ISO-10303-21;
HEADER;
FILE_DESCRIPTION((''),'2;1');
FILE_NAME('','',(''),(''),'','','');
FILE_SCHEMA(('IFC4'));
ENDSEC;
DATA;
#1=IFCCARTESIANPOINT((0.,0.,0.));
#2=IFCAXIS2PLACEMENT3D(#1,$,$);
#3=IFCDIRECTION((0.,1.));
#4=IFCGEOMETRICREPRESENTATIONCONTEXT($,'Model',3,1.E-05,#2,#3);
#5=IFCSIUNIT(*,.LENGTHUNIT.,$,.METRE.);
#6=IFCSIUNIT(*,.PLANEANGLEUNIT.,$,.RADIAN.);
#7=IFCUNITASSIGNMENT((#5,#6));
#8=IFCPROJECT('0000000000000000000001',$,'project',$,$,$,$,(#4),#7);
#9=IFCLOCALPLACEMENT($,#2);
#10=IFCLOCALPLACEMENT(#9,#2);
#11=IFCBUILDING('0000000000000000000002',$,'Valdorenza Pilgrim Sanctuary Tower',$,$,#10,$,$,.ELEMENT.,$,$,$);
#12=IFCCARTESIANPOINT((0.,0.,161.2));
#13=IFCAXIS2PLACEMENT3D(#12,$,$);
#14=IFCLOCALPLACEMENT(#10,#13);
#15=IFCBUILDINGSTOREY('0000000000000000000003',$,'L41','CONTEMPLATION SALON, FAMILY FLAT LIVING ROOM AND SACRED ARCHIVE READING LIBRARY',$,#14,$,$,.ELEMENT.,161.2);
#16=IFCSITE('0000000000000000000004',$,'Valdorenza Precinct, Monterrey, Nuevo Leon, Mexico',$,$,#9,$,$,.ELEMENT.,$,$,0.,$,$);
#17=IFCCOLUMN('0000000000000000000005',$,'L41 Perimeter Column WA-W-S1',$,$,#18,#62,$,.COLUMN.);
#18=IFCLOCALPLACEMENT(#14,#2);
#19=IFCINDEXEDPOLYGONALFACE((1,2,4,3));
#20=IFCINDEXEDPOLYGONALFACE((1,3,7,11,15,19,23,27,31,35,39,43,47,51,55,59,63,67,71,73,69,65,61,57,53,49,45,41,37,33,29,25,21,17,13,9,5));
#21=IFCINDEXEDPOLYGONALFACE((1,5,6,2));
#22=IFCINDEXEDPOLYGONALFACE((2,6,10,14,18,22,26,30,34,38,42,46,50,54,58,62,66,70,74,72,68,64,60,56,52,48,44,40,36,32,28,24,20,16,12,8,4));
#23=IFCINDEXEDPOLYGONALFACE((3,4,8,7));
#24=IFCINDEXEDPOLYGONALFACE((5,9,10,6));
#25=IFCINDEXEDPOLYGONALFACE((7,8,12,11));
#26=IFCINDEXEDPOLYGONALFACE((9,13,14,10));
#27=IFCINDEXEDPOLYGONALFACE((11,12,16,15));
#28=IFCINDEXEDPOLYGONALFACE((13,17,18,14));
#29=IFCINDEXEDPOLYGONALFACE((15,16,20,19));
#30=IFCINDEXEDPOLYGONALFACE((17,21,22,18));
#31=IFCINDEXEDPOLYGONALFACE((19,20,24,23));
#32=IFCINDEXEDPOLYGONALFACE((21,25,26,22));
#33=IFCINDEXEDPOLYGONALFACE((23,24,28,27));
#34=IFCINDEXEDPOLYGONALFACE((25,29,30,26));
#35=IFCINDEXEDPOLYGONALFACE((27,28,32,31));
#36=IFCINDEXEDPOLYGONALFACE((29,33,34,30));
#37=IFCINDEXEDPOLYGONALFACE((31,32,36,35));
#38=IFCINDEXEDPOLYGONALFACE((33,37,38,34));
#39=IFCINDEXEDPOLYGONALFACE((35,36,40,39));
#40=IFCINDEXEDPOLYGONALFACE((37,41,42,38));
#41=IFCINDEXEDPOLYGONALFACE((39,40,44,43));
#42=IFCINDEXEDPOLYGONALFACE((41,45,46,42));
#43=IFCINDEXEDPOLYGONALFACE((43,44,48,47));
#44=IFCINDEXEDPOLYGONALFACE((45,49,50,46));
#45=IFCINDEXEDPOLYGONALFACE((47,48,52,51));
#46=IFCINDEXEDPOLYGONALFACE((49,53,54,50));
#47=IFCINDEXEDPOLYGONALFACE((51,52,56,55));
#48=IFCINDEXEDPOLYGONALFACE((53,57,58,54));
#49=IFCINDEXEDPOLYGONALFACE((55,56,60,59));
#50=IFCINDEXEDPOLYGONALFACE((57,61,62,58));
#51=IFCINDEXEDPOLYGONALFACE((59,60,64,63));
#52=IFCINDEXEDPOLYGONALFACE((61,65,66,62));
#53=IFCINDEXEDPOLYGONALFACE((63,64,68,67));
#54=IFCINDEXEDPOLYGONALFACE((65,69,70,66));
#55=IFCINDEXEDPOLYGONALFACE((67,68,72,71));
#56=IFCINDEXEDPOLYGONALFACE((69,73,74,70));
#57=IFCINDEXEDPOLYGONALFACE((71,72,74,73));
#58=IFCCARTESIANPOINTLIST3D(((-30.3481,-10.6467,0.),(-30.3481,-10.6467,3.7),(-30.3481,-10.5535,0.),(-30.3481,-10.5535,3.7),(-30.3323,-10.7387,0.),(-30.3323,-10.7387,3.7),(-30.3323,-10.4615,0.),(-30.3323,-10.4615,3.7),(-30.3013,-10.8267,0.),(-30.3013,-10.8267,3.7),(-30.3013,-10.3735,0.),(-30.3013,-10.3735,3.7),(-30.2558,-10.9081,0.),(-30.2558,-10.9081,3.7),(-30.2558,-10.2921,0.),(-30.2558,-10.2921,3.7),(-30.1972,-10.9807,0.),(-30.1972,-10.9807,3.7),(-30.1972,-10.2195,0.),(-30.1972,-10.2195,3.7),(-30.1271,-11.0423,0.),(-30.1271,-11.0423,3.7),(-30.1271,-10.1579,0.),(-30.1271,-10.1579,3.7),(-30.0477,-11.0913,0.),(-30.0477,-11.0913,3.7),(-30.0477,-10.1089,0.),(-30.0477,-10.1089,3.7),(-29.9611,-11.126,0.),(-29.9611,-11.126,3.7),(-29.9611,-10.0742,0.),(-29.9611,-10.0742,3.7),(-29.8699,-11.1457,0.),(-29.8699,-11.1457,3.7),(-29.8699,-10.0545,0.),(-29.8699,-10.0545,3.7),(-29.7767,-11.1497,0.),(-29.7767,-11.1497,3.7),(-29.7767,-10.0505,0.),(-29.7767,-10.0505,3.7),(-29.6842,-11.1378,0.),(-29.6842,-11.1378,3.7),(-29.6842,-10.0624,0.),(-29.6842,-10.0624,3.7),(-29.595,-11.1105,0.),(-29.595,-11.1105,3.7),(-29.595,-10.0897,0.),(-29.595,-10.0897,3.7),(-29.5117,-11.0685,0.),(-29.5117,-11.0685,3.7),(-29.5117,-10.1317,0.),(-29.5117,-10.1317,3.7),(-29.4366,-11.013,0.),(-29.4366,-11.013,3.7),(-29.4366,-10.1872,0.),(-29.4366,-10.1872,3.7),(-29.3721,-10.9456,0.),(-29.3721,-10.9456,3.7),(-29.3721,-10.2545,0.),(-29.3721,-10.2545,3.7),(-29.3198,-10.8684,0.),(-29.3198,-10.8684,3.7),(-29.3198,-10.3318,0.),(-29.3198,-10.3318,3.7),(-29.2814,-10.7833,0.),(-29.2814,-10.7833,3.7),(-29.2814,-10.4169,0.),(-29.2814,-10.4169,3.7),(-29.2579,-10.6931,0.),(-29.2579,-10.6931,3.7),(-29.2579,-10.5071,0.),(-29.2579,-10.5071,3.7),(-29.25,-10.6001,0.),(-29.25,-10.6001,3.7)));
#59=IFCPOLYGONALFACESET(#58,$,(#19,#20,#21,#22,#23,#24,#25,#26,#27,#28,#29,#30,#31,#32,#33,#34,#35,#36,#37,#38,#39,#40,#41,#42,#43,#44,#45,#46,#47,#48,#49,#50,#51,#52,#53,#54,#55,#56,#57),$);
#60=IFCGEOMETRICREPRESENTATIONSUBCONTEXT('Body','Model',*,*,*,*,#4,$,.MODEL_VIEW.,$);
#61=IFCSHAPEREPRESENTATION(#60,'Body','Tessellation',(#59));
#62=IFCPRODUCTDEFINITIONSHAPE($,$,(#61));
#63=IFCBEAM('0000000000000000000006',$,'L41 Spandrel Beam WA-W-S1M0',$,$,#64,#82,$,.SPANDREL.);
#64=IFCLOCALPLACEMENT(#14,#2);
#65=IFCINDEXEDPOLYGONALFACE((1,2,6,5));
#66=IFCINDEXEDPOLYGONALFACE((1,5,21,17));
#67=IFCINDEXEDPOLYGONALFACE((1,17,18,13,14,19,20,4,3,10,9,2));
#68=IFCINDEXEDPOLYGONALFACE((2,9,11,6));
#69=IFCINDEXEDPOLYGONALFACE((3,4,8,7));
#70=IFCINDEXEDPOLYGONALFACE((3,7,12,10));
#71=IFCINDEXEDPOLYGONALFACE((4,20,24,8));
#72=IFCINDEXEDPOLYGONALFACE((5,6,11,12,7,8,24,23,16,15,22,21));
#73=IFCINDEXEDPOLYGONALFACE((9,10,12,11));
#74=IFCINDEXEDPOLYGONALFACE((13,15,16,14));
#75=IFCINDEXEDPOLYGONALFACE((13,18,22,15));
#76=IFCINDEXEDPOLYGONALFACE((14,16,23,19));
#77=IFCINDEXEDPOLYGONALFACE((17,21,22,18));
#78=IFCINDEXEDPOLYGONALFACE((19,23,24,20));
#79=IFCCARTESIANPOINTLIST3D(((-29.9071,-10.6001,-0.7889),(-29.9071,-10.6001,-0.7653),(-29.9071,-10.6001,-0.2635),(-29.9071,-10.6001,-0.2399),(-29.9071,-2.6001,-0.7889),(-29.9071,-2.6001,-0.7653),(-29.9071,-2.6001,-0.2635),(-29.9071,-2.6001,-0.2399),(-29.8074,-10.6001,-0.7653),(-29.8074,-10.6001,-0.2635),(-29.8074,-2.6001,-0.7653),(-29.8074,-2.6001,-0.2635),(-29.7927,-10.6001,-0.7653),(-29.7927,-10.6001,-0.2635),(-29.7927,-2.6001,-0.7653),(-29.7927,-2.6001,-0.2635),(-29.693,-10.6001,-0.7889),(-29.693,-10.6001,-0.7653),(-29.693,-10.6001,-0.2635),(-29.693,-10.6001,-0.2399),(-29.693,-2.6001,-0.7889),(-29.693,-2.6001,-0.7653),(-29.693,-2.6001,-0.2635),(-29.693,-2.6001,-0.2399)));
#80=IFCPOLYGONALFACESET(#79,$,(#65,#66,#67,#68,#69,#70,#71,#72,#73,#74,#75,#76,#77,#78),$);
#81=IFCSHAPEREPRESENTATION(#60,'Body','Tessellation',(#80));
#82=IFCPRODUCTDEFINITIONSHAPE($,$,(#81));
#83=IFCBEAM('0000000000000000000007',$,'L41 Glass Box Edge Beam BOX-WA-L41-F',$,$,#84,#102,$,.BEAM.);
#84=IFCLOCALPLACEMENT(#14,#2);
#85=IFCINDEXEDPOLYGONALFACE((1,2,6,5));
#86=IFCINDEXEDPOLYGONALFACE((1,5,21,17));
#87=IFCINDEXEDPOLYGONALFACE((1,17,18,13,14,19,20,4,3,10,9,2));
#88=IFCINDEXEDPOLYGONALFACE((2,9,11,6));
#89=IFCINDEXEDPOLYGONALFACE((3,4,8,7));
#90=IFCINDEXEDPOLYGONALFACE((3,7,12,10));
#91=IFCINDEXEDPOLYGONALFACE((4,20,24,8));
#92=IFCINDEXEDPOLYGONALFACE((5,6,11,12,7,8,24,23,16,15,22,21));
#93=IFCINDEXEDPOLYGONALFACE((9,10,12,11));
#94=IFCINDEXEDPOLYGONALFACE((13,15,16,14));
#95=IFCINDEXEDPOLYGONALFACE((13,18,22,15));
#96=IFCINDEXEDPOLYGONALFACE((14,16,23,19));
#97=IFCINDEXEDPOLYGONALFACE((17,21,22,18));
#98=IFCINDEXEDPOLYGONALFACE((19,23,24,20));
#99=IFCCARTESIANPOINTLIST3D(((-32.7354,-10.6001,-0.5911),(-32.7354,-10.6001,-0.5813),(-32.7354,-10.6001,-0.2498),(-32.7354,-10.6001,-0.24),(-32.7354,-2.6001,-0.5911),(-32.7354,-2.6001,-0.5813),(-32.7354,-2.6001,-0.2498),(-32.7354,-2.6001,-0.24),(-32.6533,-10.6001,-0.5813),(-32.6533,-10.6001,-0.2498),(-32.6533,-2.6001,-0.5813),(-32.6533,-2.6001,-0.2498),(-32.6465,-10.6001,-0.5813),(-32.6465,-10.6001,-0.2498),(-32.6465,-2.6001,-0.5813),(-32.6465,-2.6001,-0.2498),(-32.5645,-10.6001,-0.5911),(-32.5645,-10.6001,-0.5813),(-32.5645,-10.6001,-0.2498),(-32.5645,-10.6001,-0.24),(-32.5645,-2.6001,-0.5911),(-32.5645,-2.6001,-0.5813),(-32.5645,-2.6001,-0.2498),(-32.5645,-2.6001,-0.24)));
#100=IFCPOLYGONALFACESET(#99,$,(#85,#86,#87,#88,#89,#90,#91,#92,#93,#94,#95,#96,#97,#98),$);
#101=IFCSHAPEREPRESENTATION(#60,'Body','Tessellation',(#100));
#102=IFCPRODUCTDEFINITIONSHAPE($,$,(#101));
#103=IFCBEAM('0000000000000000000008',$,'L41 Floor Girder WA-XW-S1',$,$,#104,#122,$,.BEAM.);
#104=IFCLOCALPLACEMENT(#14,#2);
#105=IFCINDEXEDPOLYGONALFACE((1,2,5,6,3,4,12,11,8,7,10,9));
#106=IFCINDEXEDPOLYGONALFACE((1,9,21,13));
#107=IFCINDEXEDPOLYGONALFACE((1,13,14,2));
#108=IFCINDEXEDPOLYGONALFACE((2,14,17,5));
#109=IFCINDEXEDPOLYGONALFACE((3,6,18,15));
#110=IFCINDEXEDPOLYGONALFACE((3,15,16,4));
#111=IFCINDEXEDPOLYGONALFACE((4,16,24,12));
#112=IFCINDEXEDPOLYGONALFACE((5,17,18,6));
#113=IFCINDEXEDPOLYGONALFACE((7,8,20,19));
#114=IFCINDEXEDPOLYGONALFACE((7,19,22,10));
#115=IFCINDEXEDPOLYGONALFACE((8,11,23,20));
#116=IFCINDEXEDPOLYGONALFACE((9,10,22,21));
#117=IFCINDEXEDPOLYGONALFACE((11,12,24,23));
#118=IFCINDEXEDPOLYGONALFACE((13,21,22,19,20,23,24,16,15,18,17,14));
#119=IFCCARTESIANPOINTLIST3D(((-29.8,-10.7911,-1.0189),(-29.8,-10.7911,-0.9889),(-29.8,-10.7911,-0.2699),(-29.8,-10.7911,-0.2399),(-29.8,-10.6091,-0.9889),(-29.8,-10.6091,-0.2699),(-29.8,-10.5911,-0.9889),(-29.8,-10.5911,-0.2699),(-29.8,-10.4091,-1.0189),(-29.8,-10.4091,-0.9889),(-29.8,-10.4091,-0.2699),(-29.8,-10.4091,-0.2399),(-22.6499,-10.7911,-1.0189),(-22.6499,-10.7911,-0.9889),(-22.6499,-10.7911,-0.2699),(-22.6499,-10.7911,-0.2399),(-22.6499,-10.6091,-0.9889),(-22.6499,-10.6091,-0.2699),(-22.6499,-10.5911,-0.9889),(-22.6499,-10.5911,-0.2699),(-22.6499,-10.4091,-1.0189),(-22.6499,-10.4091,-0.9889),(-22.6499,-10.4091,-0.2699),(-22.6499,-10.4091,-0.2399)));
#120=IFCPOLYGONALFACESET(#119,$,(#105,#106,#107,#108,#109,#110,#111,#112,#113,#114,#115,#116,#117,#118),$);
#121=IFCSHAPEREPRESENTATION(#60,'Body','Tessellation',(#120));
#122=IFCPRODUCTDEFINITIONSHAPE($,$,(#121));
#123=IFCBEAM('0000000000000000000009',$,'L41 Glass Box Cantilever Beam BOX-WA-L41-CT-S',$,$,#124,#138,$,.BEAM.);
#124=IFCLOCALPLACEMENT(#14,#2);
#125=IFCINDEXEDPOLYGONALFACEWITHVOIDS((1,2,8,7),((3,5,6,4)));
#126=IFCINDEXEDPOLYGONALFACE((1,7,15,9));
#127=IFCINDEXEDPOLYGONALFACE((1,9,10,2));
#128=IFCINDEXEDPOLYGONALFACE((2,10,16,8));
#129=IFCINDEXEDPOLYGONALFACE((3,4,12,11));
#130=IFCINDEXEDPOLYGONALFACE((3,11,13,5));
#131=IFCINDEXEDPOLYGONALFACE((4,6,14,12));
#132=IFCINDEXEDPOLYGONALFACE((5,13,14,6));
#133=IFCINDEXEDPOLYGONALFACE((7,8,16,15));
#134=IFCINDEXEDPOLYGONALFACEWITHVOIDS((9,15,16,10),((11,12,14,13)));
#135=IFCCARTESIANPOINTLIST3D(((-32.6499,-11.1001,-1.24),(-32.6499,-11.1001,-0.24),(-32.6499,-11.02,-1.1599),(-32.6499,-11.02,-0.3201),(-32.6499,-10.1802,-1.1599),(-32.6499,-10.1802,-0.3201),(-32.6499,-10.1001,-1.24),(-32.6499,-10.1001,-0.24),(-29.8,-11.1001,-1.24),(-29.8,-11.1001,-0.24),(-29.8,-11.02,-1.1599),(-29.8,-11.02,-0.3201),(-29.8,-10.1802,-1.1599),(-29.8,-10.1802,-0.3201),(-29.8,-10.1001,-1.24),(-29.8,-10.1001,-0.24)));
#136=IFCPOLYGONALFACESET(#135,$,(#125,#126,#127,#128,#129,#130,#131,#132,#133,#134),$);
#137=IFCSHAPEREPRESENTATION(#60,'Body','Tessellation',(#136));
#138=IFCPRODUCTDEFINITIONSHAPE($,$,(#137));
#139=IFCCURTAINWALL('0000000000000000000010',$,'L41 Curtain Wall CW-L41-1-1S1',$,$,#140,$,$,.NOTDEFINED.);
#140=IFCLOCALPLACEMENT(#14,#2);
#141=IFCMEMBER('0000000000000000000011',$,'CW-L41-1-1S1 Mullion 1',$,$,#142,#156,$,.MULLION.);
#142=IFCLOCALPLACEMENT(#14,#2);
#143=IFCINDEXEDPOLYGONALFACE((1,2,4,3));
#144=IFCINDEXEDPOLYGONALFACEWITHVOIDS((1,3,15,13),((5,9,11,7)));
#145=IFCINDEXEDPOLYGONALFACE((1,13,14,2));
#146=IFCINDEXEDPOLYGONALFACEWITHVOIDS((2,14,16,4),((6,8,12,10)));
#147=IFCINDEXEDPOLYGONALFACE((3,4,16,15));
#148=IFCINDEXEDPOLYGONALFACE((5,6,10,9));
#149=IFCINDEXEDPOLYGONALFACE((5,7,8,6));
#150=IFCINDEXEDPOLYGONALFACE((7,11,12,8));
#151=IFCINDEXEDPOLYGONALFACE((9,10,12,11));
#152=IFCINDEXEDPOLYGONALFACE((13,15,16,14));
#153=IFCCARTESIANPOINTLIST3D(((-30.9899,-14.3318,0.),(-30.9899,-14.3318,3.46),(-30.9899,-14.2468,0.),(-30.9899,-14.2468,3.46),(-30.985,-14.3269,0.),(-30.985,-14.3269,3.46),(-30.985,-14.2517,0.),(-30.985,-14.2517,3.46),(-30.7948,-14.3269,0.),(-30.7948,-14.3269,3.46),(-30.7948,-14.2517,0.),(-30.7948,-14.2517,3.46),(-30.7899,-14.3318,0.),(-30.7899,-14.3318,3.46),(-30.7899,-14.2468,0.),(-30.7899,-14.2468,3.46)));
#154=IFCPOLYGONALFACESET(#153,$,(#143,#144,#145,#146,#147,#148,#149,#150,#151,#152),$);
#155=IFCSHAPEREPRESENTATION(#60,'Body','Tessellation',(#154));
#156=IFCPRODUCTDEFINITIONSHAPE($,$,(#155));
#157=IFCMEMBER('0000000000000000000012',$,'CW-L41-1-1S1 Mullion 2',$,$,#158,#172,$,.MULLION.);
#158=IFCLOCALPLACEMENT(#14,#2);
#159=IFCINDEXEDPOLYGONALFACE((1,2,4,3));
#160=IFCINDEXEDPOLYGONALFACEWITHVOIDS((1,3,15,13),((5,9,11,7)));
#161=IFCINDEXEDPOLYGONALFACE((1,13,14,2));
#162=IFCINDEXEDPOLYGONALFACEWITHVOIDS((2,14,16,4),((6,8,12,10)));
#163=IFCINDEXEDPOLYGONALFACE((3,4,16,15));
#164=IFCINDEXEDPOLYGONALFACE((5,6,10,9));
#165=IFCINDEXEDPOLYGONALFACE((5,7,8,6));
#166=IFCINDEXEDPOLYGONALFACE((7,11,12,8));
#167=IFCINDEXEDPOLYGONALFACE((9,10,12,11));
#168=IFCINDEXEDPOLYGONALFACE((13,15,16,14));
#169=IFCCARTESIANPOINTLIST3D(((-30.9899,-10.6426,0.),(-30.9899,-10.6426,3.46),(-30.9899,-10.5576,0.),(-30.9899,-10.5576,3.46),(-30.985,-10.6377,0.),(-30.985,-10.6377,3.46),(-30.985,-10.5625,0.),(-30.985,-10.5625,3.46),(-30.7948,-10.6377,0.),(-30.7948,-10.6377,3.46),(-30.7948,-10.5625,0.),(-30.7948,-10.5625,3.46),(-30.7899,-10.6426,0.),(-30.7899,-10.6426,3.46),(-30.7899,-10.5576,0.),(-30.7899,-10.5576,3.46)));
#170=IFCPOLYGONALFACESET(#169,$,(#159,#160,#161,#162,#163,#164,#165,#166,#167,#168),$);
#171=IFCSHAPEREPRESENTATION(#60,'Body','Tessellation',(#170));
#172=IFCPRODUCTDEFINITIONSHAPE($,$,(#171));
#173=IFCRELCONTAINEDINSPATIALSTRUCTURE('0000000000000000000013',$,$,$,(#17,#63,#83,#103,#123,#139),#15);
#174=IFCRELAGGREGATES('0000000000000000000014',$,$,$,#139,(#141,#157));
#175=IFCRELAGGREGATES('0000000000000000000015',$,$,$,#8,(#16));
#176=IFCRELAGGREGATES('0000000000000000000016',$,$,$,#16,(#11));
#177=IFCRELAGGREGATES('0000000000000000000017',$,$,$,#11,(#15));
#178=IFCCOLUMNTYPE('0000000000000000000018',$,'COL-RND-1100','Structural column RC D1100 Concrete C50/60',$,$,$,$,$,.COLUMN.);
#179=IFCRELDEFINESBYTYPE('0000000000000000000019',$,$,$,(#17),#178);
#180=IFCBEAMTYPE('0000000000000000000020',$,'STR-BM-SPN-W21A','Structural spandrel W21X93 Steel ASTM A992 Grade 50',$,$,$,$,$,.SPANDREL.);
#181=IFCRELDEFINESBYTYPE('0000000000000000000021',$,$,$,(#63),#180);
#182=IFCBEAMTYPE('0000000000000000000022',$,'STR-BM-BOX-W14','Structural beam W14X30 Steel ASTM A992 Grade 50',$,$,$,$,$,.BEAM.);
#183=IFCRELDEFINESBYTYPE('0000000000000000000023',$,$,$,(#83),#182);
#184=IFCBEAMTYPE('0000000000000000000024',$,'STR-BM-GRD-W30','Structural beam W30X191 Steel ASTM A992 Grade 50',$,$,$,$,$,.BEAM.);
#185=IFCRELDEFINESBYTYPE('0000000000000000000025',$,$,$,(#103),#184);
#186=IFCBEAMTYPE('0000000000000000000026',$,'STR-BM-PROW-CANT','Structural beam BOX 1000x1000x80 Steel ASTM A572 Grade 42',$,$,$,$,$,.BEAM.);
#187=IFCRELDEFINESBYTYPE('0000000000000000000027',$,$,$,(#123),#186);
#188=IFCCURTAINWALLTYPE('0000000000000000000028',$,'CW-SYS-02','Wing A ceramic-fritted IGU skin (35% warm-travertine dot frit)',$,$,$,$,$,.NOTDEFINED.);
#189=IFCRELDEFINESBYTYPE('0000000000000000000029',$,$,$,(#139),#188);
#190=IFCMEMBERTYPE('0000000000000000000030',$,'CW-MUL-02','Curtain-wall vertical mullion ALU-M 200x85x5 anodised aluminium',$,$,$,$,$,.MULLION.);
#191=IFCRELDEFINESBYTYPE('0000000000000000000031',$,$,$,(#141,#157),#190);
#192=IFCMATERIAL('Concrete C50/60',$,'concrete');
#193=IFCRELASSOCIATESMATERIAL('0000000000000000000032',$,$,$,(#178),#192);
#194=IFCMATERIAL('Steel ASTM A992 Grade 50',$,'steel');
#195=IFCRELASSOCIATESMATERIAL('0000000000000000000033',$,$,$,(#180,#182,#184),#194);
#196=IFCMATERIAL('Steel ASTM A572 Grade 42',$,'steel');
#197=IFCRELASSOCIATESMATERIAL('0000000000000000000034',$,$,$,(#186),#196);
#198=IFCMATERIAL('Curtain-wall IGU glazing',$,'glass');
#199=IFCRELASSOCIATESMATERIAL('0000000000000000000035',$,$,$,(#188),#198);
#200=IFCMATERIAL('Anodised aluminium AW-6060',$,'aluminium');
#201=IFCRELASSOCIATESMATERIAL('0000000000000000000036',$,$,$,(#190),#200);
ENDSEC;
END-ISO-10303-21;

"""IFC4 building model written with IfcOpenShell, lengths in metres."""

from ifc_helpers import new_model, si_unit, direction, frame, origin, origin_2d, place, context, subcontext, project, spatial, hollow_rectangle, circle, i_section, extrude, source, transform, mapped, material, material_profile, profile_set, type_object, element, aggregate, save


model = new_model("IFC4")

# Units and contexts
model_context = context("Model", 3, precision=1e-05, world=origin(), true_north=direction((0.0, 1.0)))
body_context = subcontext(model_context, "Body", "Model", "MODEL_VIEW")
ifc_project = project(units=[si_unit("LENGTHUNIT", "METRE"), si_unit("PLANEANGLEUNIT", "RADIAN")], contexts=[model_context])

# Site, building, storey
site_placement = place(None, origin())
site = spatial("IfcSite", under=ifc_project, at=site_placement, Name="Valdorenza Precinct, Monterrey, Nuevo Leon, Mexico", CompositionType="ELEMENT", RefElevation=0.0)
building_placement = place(site_placement, origin())
building = spatial("IfcBuilding", under=site, at=building_placement, Name="Valdorenza Pilgrim Sanctuary Tower", CompositionType="ELEMENT")
storey_placement = place(building_placement, frame((0.0, 0.0, 161.2)))
storey = spatial("IfcBuildingStorey", under=building, at=storey_placement, Name="L41", Description="CONTEMPLATION SALON, FAMILY FLAT LIVING ROOM AND SACRED ARCHIVE READING LIBRARY", CompositionType="ELEMENT", Elevation=161.2)

# Column
ifc_material_1 = material(Name="Concrete C50/60", Category="concrete")
ifc_material_profile_1 = material_profile(ifc_material_1, circle(Radius=0.55, at=origin_2d()), Name="RC D1100")
ifc_profile_set_1 = profile_set([ifc_material_profile_1], Name="Concrete C50/60")
column_type = type_object("IfcColumnType", Name="COL-RND-1100", Description="Structural column RC D1100 Concrete C50/60", PredefinedType="COLUMN", material=ifc_profile_set_1)
shared_shape_1 = source(origin(), body_context, "Body", "SweptSolid", [
    extrude(circle(Radius=0.55, at=origin_2d()), origin(), (0.0, 0.0, 1.0), 3.7),
])
column_placement = place(storey_placement, frame((-29.8, -10.6001, 0.0), z_axis=(0.0, 0.0, 1.0), x_axis=(1.0, 0.0, 0.0)))
element("IfcColumn", 1, at=column_placement, inside=storey, type_object=column_type, Name="L41 Perimeter Column WA-W-S1", PredefinedType="COLUMN", context=body_context, shape_type="MappedRepresentation", body=[
    mapped(shared_shape_1, transform((0.0, 0.0, 0.0), x_axis=(1.0, 0.0, 0.0), y_axis=(0.0, 1.0, 0.0), z_axis=(0.0, 0.0, 1.0), scale=1.0)),
])

# Beams
ifc_material_2 = material(Name="Steel ASTM A992 Grade 50", Category="steel")
ifc_material_profile_2 = material_profile(ifc_material_2, i_section(OverallWidth=0.2141, OverallDepth=0.5491, WebThickness=0.0146, FlangeThickness=0.0237, at=origin_2d()), Name="W21X93")
ifc_profile_set_2 = profile_set([ifc_material_profile_2], Name="Steel ASTM A992 Grade 50")
beam_type_1 = type_object("IfcBeamType", Name="STR-BM-SPN-W21A", Description="Structural spandrel W21X93 Steel ASTM A992 Grade 50", PredefinedType="SPANDREL", material=ifc_profile_set_2)
shared_shape_2 = source(origin(), body_context, "Body", "SweptSolid", [
    extrude(i_section(OverallWidth=0.2141, OverallDepth=0.5491, WebThickness=0.0146, FlangeThickness=0.0237, at=origin_2d()), origin(), (0.0, 0.0, 1.0), 8.0),
])
beam_1_placement = place(storey_placement, frame((-29.8, -10.6001, -0.5144), z_axis=(0.0, 1.0, 0.0), x_axis=(-1.0, 0.0, 0.0)))
element("IfcBeam", 2, at=beam_1_placement, inside=storey, type_object=beam_type_1, Name="L41 Spandrel Beam WA-W-S1M0", PredefinedType="SPANDREL", context=body_context, shape_type="MappedRepresentation", body=[
    mapped(shared_shape_2, transform((0.0, 0.0, 0.0), x_axis=(1.0, 0.0, 0.0), y_axis=(0.0, 1.0, 0.0), z_axis=(0.0, 0.0, 1.0), scale=1.0)),
])
ifc_material_profile_3 = material_profile(ifc_material_2, i_section(OverallWidth=0.1709, OverallDepth=0.3511, WebThickness=0.0068, FlangeThickness=0.0098, at=origin_2d()), Name="W14X30")
ifc_profile_set_3 = profile_set([ifc_material_profile_3], Name="Steel ASTM A992 Grade 50")
beam_type_2 = type_object("IfcBeamType", Name="STR-BM-BOX-W14", Description="Structural beam W14X30 Steel ASTM A992 Grade 50", PredefinedType="BEAM", material=ifc_profile_set_3)
shared_shape_3 = source(origin(), body_context, "Body", "SweptSolid", [
    extrude(i_section(OverallWidth=0.1709, OverallDepth=0.3511, WebThickness=0.0068, FlangeThickness=0.0098, at=origin_2d()), origin(), (0.0, 0.0, 1.0), 8.0),
])
beam_2_placement = place(storey_placement, frame((-32.6499, -10.6001, -0.4155), z_axis=(0.0, 1.0, 0.0), x_axis=(-1.0, 0.0, 0.0)))
element("IfcBeam", 3, at=beam_2_placement, inside=storey, type_object=beam_type_2, Name="L41 Glass Box Edge Beam BOX-WA-L41-F", PredefinedType="BEAM", context=body_context, shape_type="MappedRepresentation", body=[
    mapped(shared_shape_3, transform((0.0, 0.0, 0.0), x_axis=(1.0, 0.0, 0.0), y_axis=(0.0, 1.0, 0.0), z_axis=(0.0, 0.0, 1.0), scale=1.0)),
])
ifc_material_profile_4 = material_profile(ifc_material_2, i_section(OverallWidth=0.3821, OverallDepth=0.7791, WebThickness=0.0181, FlangeThickness=0.03, at=origin_2d()), Name="W30X191")
ifc_profile_set_4 = profile_set([ifc_material_profile_4], Name="Steel ASTM A992 Grade 50")
beam_type_3 = type_object("IfcBeamType", Name="STR-BM-GRD-W30", Description="Structural beam W30X191 Steel ASTM A992 Grade 50", PredefinedType="BEAM", material=ifc_profile_set_4)
shared_shape_4 = source(origin(), body_context, "Body", "SweptSolid", [
    extrude(i_section(OverallWidth=0.3821, OverallDepth=0.7791, WebThickness=0.0181, FlangeThickness=0.03, at=origin_2d()), origin(), (0.0, 0.0, 1.0), 7.1501),
])
beam_3_placement = place(storey_placement, frame((-29.8, -10.6001, -0.6294), z_axis=(1.0, 0.0, 0.0), x_axis=(0.0, 1.0, 0.0)))
element("IfcBeam", 4, at=beam_3_placement, inside=storey, type_object=beam_type_3, Name="L41 Floor Girder WA-XW-S1", PredefinedType="BEAM", context=body_context, shape_type="MappedRepresentation", body=[
    mapped(shared_shape_4, transform((0.0, 0.0, 0.0), x_axis=(1.0, 0.0, 0.0), y_axis=(0.0, 1.0, 0.0), z_axis=(0.0, 0.0, 1.0), scale=1.0)),
])
ifc_material_3 = material(Name="Steel ASTM A572 Grade 42", Category="steel")
ifc_material_profile_5 = material_profile(ifc_material_3, hollow_rectangle(XDim=1.0, YDim=1.0, WallThickness=0.0801, at=origin_2d()), Name="BOX 1000x1000x80")
ifc_profile_set_5 = profile_set([ifc_material_profile_5], Name="Steel ASTM A572 Grade 42")
beam_type_4 = type_object("IfcBeamType", Name="STR-BM-PROW-CANT", Description="Structural beam BOX 1000x1000x80 Steel ASTM A572 Grade 42", PredefinedType="BEAM", material=ifc_profile_set_5)
shared_shape_5 = source(origin(), body_context, "Body", "SweptSolid", [
    extrude(hollow_rectangle(XDim=1.0, YDim=1.0, WallThickness=0.0801, at=origin_2d()), origin(), (0.0, 0.0, 1.0), 2.8499),
])
beam_4_placement = place(storey_placement, frame((-29.8, -10.6001, -0.74), z_axis=(-1.0, 0.0, 0.0), x_axis=(0.0, -1.0, 0.0)))
element("IfcBeam", 5, at=beam_4_placement, inside=storey, type_object=beam_type_4, Name="L41 Glass Box Cantilever Beam BOX-WA-L41-CT-S", PredefinedType="BEAM", context=body_context, shape_type="MappedRepresentation", body=[
    mapped(shared_shape_5, transform((0.0, 0.0, 0.0), x_axis=(1.0, 0.0, 0.0), y_axis=(0.0, 1.0, 0.0), z_axis=(0.0, 0.0, 1.0), scale=1.0)),
])

# Curtain wall, members
ifc_material_4 = material(Name="Curtain-wall IGU glazing", Category="glass")
curtain_wall_type = type_object("IfcCurtainWallType", Name="CW-SYS-02", Description="Wing A ceramic-fritted IGU skin (35% warm-travertine dot frit)", PredefinedType="NOTDEFINED", material=ifc_material_4)
curtain_wall_1_placement = place(storey_placement, origin())
curtain_wall_1 = element("IfcCurtainWall", 6, at=curtain_wall_1_placement, inside=storey, type_object=curtain_wall_type, Name="L41 Curtain Wall CW-L41-1-1S1", PredefinedType="NOTDEFINED")
ifc_material_5 = material(Name="Anodised aluminium AW-6060", Category="aluminium")
ifc_material_profile_6 = material_profile(ifc_material_5, hollow_rectangle(XDim=0.085, YDim=0.2, WallThickness=0.0049, at=origin_2d()), Name="ALU-M 200x85x5")
ifc_profile_set_6 = profile_set([ifc_material_profile_6], Name="Anodised aluminium AW-6060")
member_type_1 = type_object("IfcMemberType", Name="CW-MUL-02", Description="Curtain-wall vertical mullion ALU-M 200x85x5 anodised aluminium", PredefinedType="MULLION", material=ifc_profile_set_6)
shared_shape_6 = source(origin(), body_context, "Body", "SweptSolid", [
    extrude(hollow_rectangle(XDim=0.085, YDim=0.2, WallThickness=0.0049, at=origin_2d()), origin(), (0.0, 0.0, 1.0), 3.46),
])
member_1_placement = place(storey_placement, frame((-30.8899, -14.2893, 0.0), z_axis=(0.0, 0.0, 1.0), x_axis=(0.0, 1.0, 0.0)))
member_1 = element("IfcMember", 7, at=member_1_placement, type_object=member_type_1, Name="CW-L41-1-1S1 Mullion 1", PredefinedType="MULLION", context=body_context, shape_type="MappedRepresentation", body=[
    mapped(shared_shape_6, transform((0.0, 0.0, 0.0), x_axis=(1.0, 0.0, 0.0), y_axis=(0.0, 1.0, 0.0), z_axis=(0.0, 0.0, 1.0), scale=1.0)),
])
member_2_placement = place(storey_placement, frame((-30.8899, -10.6001, 0.0), z_axis=(0.0, 0.0, 1.0), x_axis=(0.0, 1.0, 0.0)))
member_2 = element("IfcMember", 8, at=member_2_placement, type_object=member_type_1, Name="CW-L41-1-1S1 Mullion 2", PredefinedType="MULLION", context=body_context, shape_type="MappedRepresentation", body=[
    mapped(shared_shape_6, transform((0.0, 0.0, 0.0), x_axis=(1.0, 0.0, 0.0), y_axis=(0.0, 1.0, 0.0), z_axis=(0.0, 0.0, 1.0), scale=1.0)),
])

aggregate(curtain_wall_1, [member_1, member_2])

save(model, "model.ifc")
